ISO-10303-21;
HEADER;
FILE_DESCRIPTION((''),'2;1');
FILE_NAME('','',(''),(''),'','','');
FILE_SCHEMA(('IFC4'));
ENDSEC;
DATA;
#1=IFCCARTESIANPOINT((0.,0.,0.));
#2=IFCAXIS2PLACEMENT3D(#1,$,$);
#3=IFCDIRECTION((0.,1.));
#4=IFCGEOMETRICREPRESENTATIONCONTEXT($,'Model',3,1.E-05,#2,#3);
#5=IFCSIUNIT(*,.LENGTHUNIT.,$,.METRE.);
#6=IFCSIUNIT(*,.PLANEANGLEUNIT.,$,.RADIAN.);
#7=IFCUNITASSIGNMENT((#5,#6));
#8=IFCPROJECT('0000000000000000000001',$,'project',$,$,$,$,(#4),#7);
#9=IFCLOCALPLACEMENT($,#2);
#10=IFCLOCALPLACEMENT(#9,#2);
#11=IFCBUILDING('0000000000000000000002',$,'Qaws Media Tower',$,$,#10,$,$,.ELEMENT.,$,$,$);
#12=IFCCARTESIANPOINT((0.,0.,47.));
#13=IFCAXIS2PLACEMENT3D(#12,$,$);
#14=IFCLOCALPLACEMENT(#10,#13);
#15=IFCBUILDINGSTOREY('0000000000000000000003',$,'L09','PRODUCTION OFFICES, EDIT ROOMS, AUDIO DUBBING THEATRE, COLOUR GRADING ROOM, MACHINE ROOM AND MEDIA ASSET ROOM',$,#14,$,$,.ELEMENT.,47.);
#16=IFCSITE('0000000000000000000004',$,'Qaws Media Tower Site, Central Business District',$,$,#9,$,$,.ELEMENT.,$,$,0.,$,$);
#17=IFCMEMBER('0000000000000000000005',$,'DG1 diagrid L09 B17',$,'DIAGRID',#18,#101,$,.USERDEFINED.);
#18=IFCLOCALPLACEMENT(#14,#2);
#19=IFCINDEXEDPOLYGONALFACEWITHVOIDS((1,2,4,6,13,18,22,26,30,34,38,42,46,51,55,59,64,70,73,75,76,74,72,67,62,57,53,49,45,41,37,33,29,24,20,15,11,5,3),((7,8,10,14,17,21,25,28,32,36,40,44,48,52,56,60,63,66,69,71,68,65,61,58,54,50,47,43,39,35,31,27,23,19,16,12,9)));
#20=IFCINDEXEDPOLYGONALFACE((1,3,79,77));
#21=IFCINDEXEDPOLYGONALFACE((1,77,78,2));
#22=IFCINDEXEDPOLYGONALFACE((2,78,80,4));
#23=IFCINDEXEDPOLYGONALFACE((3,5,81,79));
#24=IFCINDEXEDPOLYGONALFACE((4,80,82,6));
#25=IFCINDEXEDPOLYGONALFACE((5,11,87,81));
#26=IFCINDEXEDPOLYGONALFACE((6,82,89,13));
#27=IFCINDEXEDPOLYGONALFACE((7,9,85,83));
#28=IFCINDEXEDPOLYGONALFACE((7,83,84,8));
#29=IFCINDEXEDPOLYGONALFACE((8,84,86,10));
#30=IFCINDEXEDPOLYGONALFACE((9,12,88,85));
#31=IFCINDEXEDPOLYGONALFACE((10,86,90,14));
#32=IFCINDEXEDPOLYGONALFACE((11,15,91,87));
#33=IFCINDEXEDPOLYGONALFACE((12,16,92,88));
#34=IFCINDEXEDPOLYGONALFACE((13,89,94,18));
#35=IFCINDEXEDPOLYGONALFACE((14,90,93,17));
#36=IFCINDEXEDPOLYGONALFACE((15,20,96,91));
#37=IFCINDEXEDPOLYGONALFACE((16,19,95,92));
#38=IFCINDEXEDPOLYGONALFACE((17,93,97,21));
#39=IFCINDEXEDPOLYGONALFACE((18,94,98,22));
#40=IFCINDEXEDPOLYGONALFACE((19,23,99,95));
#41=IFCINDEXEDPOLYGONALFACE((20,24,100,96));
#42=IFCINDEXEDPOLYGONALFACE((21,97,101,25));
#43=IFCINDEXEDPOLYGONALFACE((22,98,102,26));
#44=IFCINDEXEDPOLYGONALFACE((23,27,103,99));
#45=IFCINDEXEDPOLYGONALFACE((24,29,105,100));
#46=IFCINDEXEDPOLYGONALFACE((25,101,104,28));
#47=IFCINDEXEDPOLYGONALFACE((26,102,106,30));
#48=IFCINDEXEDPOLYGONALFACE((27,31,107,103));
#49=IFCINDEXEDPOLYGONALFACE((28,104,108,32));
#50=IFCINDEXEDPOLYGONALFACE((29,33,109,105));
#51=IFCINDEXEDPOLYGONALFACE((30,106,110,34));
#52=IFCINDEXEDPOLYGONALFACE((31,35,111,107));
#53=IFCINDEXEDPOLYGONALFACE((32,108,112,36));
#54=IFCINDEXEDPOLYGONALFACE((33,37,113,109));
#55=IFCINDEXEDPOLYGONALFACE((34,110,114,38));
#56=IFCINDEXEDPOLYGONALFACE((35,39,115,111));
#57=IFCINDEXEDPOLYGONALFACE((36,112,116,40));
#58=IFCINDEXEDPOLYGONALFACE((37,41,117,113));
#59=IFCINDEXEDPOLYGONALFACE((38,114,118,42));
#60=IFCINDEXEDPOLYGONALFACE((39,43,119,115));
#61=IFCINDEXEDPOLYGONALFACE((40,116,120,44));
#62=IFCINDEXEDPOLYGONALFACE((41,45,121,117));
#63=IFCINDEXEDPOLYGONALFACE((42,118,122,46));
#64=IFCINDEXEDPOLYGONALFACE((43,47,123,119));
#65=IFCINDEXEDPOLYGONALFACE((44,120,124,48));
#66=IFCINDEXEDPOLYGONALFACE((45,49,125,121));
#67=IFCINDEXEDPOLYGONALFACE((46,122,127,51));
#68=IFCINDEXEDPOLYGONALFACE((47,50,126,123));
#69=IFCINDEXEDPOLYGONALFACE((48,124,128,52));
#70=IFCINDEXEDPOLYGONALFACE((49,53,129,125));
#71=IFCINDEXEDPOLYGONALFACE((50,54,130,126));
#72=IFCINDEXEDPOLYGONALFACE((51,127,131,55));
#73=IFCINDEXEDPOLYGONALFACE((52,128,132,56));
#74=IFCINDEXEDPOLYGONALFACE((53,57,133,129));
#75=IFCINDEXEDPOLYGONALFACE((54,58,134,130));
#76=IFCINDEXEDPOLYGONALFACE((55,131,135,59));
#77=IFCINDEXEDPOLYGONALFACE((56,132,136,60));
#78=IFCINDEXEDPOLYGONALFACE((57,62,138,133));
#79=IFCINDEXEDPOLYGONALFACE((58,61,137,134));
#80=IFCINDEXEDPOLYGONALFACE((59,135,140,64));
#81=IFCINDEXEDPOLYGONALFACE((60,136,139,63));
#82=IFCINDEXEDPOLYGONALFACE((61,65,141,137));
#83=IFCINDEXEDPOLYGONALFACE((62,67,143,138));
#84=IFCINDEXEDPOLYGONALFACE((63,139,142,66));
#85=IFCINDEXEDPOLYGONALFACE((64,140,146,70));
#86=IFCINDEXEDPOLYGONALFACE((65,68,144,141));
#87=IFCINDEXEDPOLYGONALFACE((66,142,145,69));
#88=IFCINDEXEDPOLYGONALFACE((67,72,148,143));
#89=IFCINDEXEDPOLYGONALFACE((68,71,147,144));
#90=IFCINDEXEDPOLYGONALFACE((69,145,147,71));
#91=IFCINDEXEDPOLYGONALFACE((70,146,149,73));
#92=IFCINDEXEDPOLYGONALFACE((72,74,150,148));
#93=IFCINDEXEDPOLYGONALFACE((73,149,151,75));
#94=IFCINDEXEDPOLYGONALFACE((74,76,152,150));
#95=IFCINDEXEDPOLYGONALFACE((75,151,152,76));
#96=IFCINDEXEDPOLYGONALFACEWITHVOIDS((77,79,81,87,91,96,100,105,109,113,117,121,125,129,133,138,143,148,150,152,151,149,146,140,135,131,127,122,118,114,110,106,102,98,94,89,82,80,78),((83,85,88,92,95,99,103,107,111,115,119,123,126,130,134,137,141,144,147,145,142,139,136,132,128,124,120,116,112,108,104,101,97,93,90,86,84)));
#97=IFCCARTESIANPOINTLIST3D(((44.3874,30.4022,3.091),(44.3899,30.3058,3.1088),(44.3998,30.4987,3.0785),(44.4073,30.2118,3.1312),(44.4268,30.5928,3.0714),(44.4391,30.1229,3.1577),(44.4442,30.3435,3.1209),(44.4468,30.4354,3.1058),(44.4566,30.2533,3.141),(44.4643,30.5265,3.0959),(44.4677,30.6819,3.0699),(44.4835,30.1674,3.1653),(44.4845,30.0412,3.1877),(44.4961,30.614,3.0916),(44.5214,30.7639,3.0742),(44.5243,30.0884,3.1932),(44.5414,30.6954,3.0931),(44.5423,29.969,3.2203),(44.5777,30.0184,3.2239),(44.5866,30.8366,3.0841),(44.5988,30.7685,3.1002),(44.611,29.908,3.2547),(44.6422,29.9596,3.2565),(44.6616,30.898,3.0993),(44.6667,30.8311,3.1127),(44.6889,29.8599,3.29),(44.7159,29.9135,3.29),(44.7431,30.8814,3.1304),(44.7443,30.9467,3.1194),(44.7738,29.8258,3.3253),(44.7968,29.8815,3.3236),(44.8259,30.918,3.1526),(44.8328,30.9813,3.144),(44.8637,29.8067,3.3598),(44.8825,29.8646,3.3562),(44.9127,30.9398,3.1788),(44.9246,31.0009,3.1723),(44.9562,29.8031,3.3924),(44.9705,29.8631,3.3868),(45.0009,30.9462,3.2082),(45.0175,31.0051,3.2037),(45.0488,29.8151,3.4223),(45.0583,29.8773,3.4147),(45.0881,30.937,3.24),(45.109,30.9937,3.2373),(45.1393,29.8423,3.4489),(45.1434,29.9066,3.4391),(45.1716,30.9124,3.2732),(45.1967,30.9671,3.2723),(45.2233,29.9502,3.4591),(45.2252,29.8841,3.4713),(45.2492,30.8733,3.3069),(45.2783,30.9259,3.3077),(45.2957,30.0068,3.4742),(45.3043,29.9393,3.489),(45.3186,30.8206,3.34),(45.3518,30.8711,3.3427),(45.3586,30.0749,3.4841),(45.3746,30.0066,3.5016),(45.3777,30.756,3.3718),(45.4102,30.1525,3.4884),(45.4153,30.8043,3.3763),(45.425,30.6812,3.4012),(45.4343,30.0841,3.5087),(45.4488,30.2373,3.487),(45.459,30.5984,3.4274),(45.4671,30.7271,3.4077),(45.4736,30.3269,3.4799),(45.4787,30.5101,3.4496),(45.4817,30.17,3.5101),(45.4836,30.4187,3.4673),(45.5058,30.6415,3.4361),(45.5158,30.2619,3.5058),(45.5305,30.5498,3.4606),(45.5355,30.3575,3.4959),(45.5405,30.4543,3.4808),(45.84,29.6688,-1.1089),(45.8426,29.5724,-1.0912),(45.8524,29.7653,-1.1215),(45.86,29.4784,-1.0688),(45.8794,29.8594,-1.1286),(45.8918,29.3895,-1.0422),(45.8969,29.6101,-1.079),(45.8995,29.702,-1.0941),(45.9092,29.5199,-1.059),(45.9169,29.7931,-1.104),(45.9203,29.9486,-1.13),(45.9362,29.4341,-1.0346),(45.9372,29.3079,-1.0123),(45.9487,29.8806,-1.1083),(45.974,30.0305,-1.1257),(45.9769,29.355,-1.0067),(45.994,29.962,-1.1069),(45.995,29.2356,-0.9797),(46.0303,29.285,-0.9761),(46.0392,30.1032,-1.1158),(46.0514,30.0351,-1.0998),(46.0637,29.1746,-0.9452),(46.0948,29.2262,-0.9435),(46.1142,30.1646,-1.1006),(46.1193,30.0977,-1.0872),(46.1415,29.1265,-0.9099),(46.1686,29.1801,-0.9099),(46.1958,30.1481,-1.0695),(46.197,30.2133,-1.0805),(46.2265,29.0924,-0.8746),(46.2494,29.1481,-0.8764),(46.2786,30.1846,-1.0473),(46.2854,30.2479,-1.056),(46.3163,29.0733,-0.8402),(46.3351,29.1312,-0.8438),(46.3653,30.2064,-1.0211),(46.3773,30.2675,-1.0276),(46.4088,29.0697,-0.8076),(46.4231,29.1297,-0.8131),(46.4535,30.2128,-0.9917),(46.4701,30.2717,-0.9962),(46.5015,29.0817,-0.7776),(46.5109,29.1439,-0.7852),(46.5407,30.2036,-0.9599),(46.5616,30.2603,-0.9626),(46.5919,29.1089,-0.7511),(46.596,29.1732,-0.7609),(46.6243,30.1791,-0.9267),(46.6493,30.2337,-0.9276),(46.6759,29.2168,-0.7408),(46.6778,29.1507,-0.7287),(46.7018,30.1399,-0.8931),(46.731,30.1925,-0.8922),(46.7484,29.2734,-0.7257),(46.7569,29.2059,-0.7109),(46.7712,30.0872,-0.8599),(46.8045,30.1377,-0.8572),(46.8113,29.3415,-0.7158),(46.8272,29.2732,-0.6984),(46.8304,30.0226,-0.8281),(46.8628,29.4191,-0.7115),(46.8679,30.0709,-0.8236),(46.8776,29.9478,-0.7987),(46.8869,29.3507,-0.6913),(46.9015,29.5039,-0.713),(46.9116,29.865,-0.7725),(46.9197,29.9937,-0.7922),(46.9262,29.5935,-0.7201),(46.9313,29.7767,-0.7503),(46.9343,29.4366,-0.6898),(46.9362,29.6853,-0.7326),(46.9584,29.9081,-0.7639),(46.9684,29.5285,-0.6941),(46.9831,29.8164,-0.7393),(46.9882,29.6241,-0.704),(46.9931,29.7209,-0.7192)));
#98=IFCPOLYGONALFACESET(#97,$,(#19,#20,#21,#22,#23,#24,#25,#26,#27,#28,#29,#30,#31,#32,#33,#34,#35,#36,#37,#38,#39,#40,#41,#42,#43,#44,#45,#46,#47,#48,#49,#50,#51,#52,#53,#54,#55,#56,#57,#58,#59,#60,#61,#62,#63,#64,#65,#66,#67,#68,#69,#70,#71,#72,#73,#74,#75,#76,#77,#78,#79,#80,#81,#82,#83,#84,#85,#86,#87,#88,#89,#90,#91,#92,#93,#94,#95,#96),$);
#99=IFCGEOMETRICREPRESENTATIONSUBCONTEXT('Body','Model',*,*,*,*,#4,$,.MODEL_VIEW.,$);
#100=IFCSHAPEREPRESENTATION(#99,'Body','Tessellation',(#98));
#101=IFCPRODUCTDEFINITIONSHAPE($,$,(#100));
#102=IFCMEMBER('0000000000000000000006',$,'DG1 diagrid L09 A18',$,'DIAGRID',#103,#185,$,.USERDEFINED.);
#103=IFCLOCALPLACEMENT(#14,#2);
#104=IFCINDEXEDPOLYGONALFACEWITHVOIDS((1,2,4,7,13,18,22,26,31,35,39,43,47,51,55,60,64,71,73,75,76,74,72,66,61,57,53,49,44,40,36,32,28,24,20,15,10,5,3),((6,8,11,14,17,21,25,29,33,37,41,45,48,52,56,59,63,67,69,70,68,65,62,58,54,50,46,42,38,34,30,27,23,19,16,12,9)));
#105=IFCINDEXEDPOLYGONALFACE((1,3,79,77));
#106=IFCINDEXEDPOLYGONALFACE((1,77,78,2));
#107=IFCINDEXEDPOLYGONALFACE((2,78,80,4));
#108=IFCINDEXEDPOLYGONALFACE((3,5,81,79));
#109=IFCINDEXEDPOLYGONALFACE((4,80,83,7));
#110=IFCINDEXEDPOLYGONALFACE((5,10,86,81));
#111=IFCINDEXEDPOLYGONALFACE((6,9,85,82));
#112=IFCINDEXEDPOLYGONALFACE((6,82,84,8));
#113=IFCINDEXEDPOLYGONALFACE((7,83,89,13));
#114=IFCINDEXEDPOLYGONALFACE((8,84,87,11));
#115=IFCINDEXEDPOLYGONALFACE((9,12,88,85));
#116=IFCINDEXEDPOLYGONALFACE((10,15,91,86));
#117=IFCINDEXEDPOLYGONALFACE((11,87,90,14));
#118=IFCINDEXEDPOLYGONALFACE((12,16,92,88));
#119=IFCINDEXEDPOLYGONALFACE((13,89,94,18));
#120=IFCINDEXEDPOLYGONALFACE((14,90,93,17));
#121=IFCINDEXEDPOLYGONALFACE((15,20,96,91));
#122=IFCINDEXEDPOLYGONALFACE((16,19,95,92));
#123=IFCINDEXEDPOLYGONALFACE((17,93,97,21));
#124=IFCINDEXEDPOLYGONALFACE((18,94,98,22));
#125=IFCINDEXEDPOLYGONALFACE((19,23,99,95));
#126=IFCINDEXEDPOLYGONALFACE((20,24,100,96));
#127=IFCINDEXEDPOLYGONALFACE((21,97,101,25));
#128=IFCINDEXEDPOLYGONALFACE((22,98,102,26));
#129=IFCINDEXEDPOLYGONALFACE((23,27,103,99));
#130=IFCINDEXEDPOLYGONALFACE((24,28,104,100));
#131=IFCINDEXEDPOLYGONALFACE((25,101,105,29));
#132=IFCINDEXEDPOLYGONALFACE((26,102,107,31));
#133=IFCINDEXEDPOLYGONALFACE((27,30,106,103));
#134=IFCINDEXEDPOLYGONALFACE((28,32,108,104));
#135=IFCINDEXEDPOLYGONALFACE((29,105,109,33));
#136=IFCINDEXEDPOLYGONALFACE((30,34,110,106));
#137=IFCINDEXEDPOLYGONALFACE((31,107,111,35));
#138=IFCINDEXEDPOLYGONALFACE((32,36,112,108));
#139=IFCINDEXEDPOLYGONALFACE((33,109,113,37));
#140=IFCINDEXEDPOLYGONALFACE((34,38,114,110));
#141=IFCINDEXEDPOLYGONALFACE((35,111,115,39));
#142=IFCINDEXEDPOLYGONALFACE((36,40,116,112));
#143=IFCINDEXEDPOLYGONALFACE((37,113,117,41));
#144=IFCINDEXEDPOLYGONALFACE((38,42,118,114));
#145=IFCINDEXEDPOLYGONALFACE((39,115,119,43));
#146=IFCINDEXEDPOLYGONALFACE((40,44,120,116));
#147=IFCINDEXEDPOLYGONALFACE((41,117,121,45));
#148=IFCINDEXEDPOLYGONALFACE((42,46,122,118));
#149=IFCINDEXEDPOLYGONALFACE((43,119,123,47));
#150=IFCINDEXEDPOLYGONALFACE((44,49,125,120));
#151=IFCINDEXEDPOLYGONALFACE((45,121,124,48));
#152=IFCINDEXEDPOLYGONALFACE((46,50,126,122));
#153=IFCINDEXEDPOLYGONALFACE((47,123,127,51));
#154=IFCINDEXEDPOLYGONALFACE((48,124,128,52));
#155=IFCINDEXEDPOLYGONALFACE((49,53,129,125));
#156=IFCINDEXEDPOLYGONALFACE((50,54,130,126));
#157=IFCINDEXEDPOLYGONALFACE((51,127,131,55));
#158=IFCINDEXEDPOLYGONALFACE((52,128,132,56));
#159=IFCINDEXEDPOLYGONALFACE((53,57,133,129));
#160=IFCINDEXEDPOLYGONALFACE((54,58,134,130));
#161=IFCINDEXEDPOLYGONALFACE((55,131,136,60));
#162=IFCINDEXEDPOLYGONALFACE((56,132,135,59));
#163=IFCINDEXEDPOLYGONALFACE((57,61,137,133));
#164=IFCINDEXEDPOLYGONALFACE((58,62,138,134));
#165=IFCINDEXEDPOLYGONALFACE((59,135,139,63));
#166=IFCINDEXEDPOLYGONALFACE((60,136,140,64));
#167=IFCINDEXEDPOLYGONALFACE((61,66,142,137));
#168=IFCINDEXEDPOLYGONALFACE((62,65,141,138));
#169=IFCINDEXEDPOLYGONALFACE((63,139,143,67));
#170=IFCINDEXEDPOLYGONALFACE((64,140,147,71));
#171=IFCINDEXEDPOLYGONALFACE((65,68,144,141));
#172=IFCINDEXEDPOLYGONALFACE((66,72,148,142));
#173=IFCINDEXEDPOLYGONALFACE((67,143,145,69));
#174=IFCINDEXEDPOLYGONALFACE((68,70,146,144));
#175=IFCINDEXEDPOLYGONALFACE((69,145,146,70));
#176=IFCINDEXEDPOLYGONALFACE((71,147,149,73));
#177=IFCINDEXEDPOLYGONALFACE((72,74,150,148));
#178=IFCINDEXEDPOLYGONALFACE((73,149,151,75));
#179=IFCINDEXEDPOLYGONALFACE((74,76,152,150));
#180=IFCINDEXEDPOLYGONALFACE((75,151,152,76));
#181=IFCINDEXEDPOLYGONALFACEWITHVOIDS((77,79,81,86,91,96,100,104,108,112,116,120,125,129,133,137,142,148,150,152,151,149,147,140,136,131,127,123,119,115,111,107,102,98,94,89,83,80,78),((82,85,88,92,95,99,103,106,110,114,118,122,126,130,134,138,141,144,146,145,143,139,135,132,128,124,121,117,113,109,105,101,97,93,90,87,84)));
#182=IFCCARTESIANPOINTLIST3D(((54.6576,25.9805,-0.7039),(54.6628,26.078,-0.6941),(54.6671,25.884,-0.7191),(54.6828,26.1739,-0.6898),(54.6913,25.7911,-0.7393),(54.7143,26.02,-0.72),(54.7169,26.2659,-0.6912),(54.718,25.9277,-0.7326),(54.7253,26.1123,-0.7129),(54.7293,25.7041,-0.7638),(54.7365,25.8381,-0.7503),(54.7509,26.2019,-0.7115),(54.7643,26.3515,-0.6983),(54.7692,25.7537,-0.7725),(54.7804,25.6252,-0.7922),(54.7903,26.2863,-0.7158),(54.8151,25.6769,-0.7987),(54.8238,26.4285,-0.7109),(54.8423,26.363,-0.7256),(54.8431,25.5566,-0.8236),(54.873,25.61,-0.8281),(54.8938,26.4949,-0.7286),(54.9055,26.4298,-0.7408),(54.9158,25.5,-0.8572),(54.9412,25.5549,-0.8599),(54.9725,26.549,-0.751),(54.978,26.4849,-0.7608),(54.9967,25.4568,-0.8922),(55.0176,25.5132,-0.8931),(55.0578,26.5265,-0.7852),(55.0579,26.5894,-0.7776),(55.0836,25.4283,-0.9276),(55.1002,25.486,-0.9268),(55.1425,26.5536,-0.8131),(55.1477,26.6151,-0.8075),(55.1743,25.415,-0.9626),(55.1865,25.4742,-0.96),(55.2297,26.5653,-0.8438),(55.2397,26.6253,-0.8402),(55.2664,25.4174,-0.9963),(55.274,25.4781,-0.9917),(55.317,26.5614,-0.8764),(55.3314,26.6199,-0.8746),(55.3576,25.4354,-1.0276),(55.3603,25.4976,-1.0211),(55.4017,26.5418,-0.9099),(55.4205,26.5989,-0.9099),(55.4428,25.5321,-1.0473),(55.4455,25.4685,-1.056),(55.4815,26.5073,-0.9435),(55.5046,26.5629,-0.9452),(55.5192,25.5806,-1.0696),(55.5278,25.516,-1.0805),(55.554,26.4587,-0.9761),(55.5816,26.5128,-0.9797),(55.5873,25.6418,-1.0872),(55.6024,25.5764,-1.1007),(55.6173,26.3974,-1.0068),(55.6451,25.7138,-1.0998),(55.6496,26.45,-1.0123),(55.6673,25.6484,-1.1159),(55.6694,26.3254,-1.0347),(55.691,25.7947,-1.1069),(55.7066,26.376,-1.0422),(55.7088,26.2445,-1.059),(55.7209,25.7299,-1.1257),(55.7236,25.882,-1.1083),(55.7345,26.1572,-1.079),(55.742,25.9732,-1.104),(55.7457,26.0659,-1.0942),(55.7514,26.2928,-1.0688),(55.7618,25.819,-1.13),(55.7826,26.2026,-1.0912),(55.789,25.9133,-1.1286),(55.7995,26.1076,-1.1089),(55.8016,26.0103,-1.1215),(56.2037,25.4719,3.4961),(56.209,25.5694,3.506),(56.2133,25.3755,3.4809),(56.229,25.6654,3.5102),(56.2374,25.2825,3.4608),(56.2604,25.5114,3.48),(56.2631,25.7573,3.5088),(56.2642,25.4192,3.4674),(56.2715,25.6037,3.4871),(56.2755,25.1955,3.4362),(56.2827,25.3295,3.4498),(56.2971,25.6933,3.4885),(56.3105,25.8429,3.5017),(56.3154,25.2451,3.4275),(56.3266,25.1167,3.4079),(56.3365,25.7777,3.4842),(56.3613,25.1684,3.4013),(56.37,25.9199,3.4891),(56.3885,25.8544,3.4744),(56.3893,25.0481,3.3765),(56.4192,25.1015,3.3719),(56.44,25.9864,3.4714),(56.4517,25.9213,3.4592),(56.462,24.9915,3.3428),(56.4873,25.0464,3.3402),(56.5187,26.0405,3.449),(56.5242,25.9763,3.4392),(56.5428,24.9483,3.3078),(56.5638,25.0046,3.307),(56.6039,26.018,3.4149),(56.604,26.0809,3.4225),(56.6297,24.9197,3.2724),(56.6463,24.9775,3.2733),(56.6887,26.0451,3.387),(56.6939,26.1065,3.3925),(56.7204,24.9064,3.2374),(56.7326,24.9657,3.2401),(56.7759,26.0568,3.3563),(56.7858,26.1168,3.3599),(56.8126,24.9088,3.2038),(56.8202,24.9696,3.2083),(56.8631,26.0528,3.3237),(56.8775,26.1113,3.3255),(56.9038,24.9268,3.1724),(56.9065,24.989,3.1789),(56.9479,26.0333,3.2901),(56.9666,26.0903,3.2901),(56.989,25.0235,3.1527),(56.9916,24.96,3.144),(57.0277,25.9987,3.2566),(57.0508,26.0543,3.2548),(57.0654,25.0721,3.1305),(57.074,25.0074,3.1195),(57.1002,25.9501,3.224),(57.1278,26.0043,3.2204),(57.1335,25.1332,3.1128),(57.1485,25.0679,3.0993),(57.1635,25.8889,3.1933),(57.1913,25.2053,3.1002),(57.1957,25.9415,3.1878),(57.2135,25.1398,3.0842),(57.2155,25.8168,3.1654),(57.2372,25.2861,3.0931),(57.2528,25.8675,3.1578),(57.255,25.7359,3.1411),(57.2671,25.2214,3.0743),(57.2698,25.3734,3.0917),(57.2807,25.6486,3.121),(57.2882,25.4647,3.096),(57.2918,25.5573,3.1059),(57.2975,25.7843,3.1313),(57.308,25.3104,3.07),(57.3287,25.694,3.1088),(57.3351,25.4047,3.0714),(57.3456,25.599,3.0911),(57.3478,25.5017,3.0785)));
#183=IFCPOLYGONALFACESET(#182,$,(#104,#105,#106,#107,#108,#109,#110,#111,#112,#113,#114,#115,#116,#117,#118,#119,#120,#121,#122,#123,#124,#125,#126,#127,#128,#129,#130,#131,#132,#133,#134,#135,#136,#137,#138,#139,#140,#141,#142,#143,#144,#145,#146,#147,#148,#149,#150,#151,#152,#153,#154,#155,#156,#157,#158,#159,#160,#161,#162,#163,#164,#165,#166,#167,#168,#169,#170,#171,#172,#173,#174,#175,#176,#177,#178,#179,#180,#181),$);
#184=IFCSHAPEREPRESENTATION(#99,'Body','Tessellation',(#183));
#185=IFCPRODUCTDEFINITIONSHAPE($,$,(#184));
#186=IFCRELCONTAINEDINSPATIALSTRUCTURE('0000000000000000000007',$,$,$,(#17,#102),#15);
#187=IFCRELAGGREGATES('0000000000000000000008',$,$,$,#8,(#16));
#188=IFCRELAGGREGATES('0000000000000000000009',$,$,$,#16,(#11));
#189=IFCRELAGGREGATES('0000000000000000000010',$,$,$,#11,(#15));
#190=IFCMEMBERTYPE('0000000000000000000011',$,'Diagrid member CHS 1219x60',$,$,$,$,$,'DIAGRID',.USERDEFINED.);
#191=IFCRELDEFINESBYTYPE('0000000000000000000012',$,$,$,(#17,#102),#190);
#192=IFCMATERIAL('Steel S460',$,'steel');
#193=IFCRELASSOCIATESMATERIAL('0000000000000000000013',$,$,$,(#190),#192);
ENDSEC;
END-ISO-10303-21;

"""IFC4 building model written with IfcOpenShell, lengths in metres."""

from ifc_helpers import new_model, si_unit, direction, frame, origin, origin_2d, place, context, subcontext, project, spatial, hollow_circle, extrude, material, material_profile, profile_set, type_object, element, save


model = new_model("IFC4")

# Units and contexts
model_context = context("Model", 3, precision=1e-05, world=origin(), true_north=direction((0.0, 1.0)))
body_context = subcontext(model_context, "Body", "Model", "MODEL_VIEW")
ifc_project = project(units=[si_unit("LENGTHUNIT", "METRE"), si_unit("PLANEANGLEUNIT", "RADIAN")], contexts=[model_context])

# Site, building, storey
site_placement = place(None, origin())
site = spatial("IfcSite", under=ifc_project, at=site_placement, Name="Qaws Media Tower Site, Central Business District", CompositionType="ELEMENT", RefElevation=0.0)
building_placement = place(site_placement, origin())
building = spatial("IfcBuilding", under=site, at=building_placement, Name="Qaws Media Tower", CompositionType="ELEMENT")
storey_placement = place(building_placement, frame((0.0, 0.0, 47.0)))
storey = spatial("IfcBuildingStorey", under=building, at=storey_placement, Name="L09", Description="PRODUCTION OFFICES, EDIT ROOMS, AUDIO DUBBING THEATRE, COLOUR GRADING ROOM, MACHINE ROOM AND MEDIA ASSET ROOM", CompositionType="ELEMENT", Elevation=47.0)

# Members
ifc_material_1 = material(Name="Steel S460", Category="steel")
ifc_material_profile_1 = material_profile(ifc_material_1, hollow_circle(Radius=0.6096, WallThickness=0.0601, at=origin_2d()), Name="CHS 1219x60")
ifc_profile_set_1 = profile_set([ifc_material_profile_1], Name="Steel S460")
member_type_1 = type_object("IfcMemberType", Name="Diagrid member CHS 1219x60", ElementType="DIAGRID", PredefinedType="USERDEFINED", material=ifc_profile_set_1)
for number, where, z_axis, x_axis, name in (
    (1, (46.4163, 29.6707, -0.9099), (-0.322509, 0.162826, 0.932457), (-0.450691, -0.89268, 0.0), "DG1 diagrid L09 B17"),
):
    element("IfcMember", number, at=place(storey_placement, frame(where, z_axis=z_axis, x_axis=x_axis)), inside=storey, type_object=member_type_1, Name=name, ObjectType="DIAGRID", PredefinedType="USERDEFINED", context=body_context, shape_type="SweptSolid", body=[
        extrude(hollow_circle(Radius=0.6096, WallThickness=0.0601, at=origin_2d()), origin(), (0.0, 0.0, 1.0), 4.5042),
    ])
for number, where, z_axis, x_axis, name in (
    (2, (55.23, 26.0198, -0.9099), (0.343259, -0.112902, 0.93243), (0.312445, 0.949936, 0.0), "DG1 diagrid L09 A18"),
):
    element("IfcMember", number, at=place(storey_placement, frame(where, z_axis=z_axis, x_axis=x_axis)), inside=storey, type_object=member_type_1, Name=name, ObjectType="DIAGRID", PredefinedType="USERDEFINED", context=body_context, shape_type="SweptSolid", body=[
        extrude(hollow_circle(Radius=0.6096, WallThickness=0.0601, at=origin_2d()), origin(), (0.0, 0.0, 1.0), 4.5044),
    ])

save(model, "model.ifc")
